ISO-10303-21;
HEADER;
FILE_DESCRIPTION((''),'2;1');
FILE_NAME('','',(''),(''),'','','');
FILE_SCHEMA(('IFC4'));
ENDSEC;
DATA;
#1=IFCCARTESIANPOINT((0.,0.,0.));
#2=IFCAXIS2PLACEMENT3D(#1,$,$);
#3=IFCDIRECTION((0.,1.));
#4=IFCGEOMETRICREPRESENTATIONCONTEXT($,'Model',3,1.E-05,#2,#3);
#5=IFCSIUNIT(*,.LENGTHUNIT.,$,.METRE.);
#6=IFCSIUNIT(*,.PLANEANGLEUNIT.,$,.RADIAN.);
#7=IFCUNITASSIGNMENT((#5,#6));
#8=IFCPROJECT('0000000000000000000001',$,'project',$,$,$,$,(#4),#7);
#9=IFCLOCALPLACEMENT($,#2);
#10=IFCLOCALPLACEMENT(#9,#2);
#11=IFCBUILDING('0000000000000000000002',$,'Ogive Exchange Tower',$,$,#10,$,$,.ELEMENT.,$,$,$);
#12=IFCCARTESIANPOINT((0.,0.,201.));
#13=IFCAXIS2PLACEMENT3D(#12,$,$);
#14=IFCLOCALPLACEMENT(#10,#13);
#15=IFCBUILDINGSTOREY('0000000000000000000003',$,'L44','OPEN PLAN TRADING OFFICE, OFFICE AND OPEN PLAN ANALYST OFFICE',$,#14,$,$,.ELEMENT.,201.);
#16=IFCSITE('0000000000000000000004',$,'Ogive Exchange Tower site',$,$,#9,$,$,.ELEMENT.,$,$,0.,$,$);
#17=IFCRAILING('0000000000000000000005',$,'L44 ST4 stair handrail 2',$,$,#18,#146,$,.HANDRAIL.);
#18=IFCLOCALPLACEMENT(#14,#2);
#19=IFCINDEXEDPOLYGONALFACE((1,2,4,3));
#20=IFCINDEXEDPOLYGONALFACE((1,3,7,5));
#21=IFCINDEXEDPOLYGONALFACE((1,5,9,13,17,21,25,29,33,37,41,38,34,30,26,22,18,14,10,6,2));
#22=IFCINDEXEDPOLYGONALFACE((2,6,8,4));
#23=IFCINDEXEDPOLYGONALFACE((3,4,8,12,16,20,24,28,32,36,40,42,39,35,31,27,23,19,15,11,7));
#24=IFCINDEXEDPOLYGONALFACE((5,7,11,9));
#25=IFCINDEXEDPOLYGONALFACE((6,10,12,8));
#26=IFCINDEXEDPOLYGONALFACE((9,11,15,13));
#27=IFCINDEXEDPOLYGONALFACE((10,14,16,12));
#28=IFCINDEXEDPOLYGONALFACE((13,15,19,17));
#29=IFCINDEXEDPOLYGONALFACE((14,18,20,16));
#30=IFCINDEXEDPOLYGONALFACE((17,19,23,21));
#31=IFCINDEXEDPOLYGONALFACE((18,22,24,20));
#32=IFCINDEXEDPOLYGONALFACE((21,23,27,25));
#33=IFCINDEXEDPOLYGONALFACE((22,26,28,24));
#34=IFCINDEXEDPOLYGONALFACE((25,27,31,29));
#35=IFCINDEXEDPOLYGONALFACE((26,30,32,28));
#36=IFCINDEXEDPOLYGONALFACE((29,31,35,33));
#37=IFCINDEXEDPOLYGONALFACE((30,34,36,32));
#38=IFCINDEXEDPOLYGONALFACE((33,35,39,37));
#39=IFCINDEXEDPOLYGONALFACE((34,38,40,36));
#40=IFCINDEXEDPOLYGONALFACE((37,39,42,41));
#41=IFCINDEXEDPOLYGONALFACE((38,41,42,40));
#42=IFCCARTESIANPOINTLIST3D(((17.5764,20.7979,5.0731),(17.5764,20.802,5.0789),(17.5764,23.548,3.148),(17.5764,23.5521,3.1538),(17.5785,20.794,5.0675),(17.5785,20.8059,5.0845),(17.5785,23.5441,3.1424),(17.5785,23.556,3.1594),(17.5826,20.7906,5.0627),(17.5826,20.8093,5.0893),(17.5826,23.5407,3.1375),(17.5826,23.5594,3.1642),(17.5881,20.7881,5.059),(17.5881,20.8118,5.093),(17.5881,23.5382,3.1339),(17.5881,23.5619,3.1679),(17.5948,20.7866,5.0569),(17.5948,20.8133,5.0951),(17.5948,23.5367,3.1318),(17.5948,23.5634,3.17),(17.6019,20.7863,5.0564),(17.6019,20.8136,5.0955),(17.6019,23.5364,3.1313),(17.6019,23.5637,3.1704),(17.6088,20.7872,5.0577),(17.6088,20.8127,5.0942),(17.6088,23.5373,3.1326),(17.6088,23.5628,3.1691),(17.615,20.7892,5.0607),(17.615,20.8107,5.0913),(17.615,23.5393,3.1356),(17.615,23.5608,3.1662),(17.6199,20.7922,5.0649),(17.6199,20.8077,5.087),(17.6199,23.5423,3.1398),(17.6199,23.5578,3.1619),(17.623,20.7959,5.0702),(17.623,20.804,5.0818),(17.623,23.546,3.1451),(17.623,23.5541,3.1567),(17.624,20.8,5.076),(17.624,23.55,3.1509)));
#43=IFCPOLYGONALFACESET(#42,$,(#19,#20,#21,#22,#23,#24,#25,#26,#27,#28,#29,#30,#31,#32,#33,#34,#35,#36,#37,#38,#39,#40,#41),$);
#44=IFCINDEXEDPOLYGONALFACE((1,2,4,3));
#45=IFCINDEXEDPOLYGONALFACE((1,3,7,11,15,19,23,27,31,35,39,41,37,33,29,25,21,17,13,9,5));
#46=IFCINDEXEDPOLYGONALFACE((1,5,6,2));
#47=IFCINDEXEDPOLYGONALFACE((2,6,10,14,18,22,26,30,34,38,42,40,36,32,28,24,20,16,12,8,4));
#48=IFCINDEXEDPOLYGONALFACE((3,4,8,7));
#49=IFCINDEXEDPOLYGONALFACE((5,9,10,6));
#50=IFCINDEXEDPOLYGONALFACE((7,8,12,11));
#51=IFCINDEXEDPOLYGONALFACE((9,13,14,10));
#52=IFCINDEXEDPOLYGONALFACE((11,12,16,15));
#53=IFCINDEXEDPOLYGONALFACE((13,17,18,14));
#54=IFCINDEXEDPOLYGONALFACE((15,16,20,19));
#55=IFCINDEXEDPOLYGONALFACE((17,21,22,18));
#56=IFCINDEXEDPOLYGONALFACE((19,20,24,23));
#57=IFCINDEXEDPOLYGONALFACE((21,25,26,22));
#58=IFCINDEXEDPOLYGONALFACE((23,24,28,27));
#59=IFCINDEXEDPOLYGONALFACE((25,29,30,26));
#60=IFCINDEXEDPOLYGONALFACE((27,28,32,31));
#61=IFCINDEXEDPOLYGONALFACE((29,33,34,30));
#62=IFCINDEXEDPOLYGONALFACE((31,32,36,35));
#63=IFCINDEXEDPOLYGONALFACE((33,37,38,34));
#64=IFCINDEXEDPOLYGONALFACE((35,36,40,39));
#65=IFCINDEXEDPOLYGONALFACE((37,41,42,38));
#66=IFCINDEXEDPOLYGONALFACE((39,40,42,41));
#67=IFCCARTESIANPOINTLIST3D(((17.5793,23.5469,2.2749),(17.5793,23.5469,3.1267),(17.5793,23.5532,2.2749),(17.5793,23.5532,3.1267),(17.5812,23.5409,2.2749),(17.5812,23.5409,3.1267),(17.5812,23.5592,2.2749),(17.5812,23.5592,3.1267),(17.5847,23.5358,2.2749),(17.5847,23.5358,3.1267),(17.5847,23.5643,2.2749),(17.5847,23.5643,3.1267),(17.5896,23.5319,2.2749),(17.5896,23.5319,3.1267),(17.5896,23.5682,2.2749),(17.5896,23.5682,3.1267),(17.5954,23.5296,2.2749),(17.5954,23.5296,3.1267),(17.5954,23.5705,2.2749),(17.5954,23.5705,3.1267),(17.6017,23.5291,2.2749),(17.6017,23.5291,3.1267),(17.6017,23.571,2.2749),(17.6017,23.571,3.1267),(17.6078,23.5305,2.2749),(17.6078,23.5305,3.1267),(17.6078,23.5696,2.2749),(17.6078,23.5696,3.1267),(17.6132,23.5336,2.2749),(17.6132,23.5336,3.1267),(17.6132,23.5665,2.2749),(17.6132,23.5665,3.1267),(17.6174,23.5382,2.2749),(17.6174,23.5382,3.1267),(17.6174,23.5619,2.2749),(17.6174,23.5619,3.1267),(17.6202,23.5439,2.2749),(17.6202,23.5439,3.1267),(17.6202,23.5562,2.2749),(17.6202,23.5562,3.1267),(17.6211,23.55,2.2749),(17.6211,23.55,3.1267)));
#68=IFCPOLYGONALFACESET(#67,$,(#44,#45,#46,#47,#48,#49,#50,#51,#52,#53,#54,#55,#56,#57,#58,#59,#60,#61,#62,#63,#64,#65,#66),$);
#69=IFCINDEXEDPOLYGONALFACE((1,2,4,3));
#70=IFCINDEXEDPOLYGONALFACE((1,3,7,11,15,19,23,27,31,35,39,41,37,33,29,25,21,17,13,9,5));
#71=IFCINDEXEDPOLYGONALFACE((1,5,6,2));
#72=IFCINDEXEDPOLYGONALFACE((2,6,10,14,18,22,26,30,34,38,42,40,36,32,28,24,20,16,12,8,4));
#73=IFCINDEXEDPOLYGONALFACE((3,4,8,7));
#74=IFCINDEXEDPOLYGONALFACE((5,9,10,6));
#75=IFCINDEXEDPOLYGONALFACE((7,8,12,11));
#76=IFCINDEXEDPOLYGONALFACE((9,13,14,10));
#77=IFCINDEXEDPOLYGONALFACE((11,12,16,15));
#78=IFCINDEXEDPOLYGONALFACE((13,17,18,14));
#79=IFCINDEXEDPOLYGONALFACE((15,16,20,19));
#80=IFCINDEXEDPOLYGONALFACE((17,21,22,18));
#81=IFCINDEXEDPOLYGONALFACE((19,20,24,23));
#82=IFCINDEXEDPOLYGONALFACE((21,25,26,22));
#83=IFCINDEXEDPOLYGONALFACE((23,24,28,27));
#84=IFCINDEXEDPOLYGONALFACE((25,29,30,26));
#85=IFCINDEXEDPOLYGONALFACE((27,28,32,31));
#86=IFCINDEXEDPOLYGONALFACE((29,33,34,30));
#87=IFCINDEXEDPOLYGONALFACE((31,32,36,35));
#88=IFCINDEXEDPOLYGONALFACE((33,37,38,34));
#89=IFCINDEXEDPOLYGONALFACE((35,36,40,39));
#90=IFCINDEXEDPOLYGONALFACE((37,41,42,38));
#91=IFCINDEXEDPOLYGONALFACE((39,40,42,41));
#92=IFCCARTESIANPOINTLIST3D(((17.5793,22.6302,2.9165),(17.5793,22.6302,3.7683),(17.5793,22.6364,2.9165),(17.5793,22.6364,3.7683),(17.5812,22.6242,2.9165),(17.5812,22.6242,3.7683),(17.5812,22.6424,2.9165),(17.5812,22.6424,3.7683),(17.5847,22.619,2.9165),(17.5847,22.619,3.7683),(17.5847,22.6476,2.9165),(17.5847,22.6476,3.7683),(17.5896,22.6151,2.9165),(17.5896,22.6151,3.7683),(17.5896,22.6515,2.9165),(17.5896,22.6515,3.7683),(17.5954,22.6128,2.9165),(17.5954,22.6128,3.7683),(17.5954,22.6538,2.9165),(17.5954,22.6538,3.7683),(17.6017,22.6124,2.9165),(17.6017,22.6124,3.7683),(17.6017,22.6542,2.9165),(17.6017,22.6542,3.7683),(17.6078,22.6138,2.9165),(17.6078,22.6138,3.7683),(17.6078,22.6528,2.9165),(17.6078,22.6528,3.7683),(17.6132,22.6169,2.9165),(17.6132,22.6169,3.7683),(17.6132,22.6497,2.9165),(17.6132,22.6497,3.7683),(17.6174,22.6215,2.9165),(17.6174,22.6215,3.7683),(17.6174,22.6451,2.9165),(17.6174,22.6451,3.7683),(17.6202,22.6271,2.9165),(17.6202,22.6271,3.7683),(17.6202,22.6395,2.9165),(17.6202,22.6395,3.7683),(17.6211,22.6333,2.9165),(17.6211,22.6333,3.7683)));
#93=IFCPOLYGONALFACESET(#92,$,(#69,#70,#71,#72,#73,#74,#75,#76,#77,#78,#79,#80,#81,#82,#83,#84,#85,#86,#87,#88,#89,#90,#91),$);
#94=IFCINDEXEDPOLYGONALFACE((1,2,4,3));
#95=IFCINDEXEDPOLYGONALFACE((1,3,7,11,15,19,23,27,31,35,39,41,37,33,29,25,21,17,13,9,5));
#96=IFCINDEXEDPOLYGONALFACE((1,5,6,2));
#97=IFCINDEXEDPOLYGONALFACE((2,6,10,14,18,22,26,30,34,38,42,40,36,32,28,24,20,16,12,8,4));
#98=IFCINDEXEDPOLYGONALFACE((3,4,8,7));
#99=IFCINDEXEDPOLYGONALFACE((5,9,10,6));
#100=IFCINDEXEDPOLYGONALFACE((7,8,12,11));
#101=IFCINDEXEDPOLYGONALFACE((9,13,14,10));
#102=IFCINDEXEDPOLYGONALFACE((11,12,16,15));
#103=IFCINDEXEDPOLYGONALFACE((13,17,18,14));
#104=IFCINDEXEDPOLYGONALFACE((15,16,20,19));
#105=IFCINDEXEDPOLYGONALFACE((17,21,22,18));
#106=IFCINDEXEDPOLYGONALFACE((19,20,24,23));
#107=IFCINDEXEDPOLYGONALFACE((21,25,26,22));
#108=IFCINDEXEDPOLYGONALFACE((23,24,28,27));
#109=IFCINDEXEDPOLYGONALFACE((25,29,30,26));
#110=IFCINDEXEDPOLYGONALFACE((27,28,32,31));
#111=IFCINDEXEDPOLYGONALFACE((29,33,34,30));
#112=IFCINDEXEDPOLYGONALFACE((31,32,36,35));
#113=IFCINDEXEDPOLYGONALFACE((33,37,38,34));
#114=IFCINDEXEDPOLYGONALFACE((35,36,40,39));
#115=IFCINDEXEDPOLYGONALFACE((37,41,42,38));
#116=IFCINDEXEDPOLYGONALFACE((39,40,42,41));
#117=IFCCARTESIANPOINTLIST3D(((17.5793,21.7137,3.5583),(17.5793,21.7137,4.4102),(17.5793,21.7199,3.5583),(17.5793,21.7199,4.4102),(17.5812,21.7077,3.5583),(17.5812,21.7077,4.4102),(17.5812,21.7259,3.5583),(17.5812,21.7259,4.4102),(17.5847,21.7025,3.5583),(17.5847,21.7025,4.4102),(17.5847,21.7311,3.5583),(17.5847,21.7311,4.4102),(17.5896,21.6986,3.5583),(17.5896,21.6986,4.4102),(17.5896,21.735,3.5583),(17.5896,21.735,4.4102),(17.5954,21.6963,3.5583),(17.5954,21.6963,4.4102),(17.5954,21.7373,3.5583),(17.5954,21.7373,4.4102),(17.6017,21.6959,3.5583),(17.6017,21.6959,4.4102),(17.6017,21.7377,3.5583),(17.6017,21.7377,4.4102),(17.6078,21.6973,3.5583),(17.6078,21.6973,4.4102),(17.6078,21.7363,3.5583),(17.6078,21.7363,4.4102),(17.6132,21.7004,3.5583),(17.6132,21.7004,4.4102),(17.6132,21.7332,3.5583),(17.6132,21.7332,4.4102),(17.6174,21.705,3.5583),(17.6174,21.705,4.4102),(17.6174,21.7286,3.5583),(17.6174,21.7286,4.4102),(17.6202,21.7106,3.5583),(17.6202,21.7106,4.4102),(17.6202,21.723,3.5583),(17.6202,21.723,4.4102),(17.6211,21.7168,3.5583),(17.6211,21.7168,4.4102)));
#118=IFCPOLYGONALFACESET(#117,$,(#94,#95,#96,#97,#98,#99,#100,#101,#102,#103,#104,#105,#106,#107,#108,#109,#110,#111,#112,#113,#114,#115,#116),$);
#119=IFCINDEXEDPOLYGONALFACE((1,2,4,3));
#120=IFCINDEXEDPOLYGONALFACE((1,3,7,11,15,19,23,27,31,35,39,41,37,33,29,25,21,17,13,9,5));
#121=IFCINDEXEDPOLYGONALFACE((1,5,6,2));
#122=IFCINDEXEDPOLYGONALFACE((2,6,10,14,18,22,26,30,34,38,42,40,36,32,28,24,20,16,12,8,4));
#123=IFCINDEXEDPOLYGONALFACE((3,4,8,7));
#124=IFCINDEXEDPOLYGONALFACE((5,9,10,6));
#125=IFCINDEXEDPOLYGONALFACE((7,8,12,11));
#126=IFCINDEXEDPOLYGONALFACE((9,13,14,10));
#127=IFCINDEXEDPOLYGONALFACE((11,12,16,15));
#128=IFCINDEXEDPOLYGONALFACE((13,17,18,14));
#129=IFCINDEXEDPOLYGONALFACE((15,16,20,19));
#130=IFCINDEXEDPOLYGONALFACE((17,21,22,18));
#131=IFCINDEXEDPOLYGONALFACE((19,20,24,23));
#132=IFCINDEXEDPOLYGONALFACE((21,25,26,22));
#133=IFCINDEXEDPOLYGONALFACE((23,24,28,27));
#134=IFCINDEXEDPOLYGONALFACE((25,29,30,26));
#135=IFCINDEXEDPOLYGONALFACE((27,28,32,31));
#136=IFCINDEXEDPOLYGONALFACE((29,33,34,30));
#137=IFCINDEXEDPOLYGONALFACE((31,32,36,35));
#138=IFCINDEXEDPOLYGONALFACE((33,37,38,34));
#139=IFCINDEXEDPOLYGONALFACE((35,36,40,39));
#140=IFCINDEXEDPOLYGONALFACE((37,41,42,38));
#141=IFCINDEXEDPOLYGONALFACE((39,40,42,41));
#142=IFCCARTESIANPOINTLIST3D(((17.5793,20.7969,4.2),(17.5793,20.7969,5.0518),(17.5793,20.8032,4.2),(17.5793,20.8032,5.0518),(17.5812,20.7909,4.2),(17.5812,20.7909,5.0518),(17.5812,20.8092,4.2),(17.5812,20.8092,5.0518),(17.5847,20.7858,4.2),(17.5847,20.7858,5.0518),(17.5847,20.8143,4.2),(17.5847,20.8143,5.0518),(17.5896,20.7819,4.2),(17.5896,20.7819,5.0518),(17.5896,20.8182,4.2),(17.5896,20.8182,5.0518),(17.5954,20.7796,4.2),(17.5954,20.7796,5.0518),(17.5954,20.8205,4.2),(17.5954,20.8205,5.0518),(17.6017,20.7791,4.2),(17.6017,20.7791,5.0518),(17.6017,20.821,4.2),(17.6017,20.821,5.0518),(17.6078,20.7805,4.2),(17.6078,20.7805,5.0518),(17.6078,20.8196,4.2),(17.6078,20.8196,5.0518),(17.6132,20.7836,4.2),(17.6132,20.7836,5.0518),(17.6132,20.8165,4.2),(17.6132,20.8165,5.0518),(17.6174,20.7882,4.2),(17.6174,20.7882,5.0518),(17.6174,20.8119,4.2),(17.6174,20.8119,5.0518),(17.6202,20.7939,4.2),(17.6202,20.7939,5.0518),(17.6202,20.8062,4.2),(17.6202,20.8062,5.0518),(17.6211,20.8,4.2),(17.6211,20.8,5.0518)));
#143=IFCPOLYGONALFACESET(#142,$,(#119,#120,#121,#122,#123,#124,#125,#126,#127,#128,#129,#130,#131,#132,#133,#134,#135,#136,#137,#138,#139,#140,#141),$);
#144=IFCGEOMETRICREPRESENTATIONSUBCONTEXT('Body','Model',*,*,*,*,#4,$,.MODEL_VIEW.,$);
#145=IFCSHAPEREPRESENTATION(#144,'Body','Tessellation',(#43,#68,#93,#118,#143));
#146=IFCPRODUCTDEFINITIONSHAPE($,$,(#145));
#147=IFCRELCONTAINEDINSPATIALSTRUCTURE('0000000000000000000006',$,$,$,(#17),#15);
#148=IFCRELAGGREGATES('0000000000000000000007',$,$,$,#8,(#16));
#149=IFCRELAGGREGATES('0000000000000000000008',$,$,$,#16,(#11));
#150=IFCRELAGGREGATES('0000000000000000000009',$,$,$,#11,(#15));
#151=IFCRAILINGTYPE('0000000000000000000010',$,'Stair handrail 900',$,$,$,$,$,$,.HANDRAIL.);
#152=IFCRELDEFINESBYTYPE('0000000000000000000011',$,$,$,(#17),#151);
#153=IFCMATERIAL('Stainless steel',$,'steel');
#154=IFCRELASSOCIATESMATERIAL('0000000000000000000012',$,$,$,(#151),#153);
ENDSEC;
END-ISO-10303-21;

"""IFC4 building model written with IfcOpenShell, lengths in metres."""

from ifc_helpers import new_model, si_unit, direction, frame, origin, origin_2d, place, context, subcontext, project, spatial, circle, extrude, material, type_object, element, save


model = new_model("IFC4")

# Units and contexts
model_context = context("Model", 3, precision=1e-05, world=origin(), true_north=direction((0.0, 1.0)))
body_context = subcontext(model_context, "Body", "Model", "MODEL_VIEW")
ifc_project = project(units=[si_unit("LENGTHUNIT", "METRE"), si_unit("PLANEANGLEUNIT", "RADIAN")], contexts=[model_context])

# Site, building, storey
site_placement = place(None, origin())
site = spatial("IfcSite", under=ifc_project, at=site_placement, Name="Ogive Exchange Tower site", CompositionType="ELEMENT", RefElevation=0.0)
building_placement = place(site_placement, origin())
building = spatial("IfcBuilding", under=site, at=building_placement, Name="Ogive Exchange Tower", CompositionType="ELEMENT")
storey_placement = place(building_placement, frame((0.0, 0.0, 201.0)))
storey = spatial("IfcBuildingStorey", under=building, at=storey_placement, Name="L44", Description="OPEN PLAN TRADING OFFICE, OFFICE AND OPEN PLAN ANALYST OFFICE", CompositionType="ELEMENT", Elevation=201.0)

# Railing
ifc_material_1 = material(Name="Stainless steel", Category="steel")
railing_type = type_object("IfcRailingType", Name="Stair handrail 900", PredefinedType="HANDRAIL", material=ifc_material_1)
railing_1_placement = place(storey_placement, frame((17.6001, 23.55, 2.2749)))
element("IfcRailing", 1, at=railing_1_placement, inside=storey, type_object=railing_type, Name="L44 ST4 stair handrail 2", PredefinedType="HANDRAIL", context=body_context, shape_type="SweptSolid", body=[
    extrude(circle(Radius=0.0239, at=origin_2d()), frame((0.0, 0.0, 0.876), z_axis=(0.0, -0.819225, 0.573472), x_axis=(1.0, 0.0, 0.0)), (0.0, 0.0, 1.0), 3.3569),
    extrude(circle(Radius=0.021, at=origin_2d()), origin(), (0.0, 0.0, 1.0), 0.8518),
    extrude(circle(Radius=0.021, at=origin_2d()), frame((0.0, -0.9167, 0.6416)), (0.0, 0.0, 1.0), 0.8518),
    extrude(circle(Radius=0.021, at=origin_2d()), frame((0.0, -1.8333, 1.2834)), (0.0, 0.0, 1.0), 0.8518),
    extrude(circle(Radius=0.021, at=origin_2d()), frame((0.0, -2.75, 1.925)), (0.0, 0.0, 1.0), 0.8518),
])

save(model, "model.ifc")
